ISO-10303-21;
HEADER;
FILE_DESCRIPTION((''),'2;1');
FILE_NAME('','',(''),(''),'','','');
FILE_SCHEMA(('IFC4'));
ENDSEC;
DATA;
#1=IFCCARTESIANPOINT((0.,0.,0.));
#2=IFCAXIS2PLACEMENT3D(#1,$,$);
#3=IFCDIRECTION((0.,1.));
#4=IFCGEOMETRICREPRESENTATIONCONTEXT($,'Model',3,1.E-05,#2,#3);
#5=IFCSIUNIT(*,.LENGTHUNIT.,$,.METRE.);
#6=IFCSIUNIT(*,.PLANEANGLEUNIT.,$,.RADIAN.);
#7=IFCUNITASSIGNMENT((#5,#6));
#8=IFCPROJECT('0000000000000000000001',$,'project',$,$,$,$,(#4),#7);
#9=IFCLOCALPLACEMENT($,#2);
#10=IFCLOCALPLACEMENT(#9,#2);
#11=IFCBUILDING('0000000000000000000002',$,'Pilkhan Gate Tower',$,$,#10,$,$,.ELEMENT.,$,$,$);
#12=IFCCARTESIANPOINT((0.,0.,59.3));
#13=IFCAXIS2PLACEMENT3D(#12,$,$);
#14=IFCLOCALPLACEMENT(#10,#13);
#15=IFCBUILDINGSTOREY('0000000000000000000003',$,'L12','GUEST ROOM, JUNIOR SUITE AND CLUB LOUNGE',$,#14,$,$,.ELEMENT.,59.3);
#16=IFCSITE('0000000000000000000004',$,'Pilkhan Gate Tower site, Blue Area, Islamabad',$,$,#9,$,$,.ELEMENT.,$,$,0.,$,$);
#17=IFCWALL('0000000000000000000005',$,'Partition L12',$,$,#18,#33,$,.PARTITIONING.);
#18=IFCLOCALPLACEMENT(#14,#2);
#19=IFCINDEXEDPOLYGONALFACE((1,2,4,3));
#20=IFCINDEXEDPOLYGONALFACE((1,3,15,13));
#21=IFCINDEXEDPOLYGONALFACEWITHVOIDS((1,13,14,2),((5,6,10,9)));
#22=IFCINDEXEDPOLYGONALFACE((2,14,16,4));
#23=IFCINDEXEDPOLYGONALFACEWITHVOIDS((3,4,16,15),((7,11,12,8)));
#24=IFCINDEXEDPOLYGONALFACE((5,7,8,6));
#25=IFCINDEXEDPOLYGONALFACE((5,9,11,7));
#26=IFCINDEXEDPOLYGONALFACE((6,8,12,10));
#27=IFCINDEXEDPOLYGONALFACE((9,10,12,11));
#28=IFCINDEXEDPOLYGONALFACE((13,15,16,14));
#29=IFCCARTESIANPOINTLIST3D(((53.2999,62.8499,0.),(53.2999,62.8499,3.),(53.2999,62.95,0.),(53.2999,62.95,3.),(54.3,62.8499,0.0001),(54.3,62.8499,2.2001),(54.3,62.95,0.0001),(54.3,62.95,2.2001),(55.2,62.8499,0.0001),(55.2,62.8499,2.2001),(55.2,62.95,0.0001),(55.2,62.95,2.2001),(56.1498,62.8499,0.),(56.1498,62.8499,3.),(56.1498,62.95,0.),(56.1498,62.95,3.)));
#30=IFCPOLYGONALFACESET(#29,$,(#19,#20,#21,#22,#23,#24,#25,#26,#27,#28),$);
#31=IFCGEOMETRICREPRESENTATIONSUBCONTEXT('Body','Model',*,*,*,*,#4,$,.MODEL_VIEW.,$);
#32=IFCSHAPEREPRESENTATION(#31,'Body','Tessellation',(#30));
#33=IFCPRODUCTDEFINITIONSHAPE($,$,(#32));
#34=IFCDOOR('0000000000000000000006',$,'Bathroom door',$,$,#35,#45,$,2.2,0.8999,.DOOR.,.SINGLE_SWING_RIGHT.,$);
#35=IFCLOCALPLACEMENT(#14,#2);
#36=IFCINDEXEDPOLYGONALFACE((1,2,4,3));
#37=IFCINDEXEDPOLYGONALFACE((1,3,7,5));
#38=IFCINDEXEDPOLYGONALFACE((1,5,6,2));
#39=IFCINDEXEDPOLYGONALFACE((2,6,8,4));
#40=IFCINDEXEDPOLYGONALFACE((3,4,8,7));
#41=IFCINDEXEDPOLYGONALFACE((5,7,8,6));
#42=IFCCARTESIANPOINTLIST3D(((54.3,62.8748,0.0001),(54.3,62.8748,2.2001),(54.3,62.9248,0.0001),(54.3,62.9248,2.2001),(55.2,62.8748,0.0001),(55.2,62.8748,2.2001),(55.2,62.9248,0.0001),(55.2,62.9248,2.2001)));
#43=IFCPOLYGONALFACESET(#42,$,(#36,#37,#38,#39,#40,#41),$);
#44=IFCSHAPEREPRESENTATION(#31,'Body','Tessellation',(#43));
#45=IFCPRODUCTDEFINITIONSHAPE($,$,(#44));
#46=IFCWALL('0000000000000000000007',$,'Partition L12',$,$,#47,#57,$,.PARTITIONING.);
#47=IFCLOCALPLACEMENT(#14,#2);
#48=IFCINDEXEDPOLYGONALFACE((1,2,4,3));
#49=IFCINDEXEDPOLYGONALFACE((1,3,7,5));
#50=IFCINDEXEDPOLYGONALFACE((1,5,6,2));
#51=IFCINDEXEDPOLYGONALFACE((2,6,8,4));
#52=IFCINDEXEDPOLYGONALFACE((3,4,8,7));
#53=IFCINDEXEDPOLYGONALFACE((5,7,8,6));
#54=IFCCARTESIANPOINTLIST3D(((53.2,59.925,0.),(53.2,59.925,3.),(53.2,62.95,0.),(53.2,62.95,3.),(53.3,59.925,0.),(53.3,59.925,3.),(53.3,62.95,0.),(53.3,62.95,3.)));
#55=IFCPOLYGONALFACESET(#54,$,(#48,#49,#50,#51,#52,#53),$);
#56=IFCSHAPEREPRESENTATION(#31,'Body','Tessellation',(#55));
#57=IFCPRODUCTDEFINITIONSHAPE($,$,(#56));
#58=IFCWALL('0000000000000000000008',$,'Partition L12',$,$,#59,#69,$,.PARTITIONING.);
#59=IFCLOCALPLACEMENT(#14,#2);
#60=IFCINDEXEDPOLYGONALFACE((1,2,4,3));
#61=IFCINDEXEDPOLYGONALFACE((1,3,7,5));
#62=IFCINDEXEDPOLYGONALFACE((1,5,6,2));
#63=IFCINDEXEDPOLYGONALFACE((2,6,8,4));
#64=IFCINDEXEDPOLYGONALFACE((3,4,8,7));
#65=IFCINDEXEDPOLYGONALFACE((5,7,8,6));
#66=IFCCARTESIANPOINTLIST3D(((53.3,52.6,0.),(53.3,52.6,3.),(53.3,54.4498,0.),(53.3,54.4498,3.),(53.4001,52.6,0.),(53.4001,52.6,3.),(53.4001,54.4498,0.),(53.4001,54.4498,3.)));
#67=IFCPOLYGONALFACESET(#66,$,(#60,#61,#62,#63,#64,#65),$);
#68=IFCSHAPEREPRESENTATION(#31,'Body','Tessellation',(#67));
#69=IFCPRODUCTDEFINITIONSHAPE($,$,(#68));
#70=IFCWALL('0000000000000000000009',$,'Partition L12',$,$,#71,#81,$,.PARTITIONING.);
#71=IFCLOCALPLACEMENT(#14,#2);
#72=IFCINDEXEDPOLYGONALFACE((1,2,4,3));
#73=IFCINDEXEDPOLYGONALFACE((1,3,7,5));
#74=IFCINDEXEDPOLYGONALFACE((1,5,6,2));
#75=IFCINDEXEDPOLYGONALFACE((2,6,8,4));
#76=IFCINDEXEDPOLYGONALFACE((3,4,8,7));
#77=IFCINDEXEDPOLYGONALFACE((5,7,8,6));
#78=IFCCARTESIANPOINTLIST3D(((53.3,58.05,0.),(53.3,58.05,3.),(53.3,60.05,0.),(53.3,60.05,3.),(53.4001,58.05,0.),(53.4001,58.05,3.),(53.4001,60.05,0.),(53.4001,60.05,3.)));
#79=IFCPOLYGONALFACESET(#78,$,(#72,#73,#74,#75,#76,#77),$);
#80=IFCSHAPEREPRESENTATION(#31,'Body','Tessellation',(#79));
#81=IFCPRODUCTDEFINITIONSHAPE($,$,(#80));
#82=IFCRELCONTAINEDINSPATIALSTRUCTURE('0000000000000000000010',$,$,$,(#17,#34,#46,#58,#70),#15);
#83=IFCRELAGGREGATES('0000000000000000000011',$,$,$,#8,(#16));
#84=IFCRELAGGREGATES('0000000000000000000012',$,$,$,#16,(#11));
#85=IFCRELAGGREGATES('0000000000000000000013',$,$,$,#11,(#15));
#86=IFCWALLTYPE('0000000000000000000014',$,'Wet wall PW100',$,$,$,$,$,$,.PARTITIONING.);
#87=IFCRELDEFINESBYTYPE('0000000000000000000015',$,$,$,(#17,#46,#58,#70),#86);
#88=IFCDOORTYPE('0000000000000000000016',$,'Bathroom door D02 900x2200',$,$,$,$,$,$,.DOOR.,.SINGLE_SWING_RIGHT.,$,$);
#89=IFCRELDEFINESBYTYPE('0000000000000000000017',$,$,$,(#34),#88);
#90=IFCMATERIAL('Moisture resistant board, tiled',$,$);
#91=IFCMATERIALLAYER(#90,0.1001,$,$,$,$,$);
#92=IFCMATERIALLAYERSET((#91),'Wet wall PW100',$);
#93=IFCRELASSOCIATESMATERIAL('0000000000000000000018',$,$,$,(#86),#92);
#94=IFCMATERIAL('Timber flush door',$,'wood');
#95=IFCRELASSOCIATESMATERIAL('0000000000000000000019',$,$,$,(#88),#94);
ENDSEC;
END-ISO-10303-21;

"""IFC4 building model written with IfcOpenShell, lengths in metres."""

from ifc_helpers import new_model, si_unit, direction, frame, frame_2d, origin, place, context, subcontext, project, spatial, rectangle, extrude, material, layer, layer_set, type_object, element, fill, save


model = new_model("IFC4")

# Units and contexts
model_context = context("Model", 3, precision=1e-05, world=origin(), true_north=direction((0.0, 1.0)))
body_context = subcontext(model_context, "Body", "Model", "MODEL_VIEW")
ifc_project = project(units=[si_unit("LENGTHUNIT", "METRE"), si_unit("PLANEANGLEUNIT", "RADIAN")], contexts=[model_context])

# Site, building, storey
site_placement = place(None, origin())
site = spatial("IfcSite", under=ifc_project, at=site_placement, Name="Pilkhan Gate Tower site, Blue Area, Islamabad", CompositionType="ELEMENT", RefElevation=0.0)
building_placement = place(site_placement, origin())
building = spatial("IfcBuilding", under=site, at=building_placement, Name="Pilkhan Gate Tower", CompositionType="ELEMENT")
storey_placement = place(building_placement, frame((0.0, 0.0, 59.3)))
storey = spatial("IfcBuildingStorey", under=building, at=storey_placement, Name="L12", Description="GUEST ROOM, JUNIOR SUITE AND CLUB LOUNGE", CompositionType="ELEMENT", Elevation=59.3)

# Shared definitions
ifc_material_1 = material(Name="Moisture resistant board, tiled")
ifc_layer_1 = layer(ifc_material_1, 0.1001)
ifc_layer_set_1 = layer_set([ifc_layer_1], Name="Wet wall PW100")
wall_type_1 = type_object("IfcWallType", Name="Wet wall PW100", PredefinedType="PARTITIONING", material=ifc_layer_set_1)
ifc_material_2 = material(Name="Timber flush door", Category="wood")
door_type = type_object("IfcDoorType", Name="Bathroom door D02 900x2200", OperationType="SINGLE_SWING_RIGHT", PredefinedType="DOOR", material=ifc_material_2)

# Wall, opening, door
wall_1_placement = place(storey_placement, frame((53.3, 62.8999, 0.0), z_axis=(0.0, 0.0, 1.0), x_axis=(1.0, 0.0, 0.0)))
wall_1 = element("IfcWall", 1, at=wall_1_placement, inside=storey, type_object=wall_type_1, Name="Partition L12", PredefinedType="PARTITIONING", context=body_context, shape_type="SweptSolid", body=[
    extrude(rectangle(XDim=2.8499, YDim=0.1001, at=frame_2d((1.4248, 0.0))), origin(), (0.0, 0.0, 1.0), 3.0),
])
opening_1_placement = place(wall_1_placement, frame((1.0, 0.0, 0.0)))
opening_1 = element("IfcOpeningElement", 2, at=opening_1_placement, cuts=wall_1, PredefinedType="OPENING", context=body_context, shape_type="SweptSolid", body=[
    extrude(rectangle(XDim=0.8999, YDim=2.2, at=frame_2d((0.45, 1.1001))), frame((0.0, 0.0601, 0.0), z_axis=(0.0, -1.0, 0.0), x_axis=(1.0, 0.0, 0.0)), (0.0, 0.0, 1.0), 0.1201),
])
door_1_placement = place(opening_1_placement, origin())
door_1 = element("IfcDoor", 3, at=door_1_placement, inside=storey, type_object=door_type, Name="Bathroom door", OperationType="SINGLE_SWING_RIGHT", OverallHeight=2.2, OverallWidth=0.8999, PredefinedType="DOOR", context=body_context, shape_type="SweptSolid", body=[
    extrude(rectangle(XDim=0.8999, YDim=2.2, at=frame_2d((0.45, 1.1001))), frame((0.0, 0.0249, 0.0), z_axis=(0.0, -1.0, 0.0), x_axis=(1.0, 0.0, 0.0)), (0.0, 0.0, 1.0), 0.05),
])
fill(opening_1, door_1)

# Walls
wall_2_placement = place(storey_placement, frame((53.25, 59.925, 0.0), z_axis=(0.0, 0.0, 1.0), x_axis=(0.0, 1.0, 0.0)))
element("IfcWall", 4, at=wall_2_placement, inside=storey, type_object=wall_type_1, Name="Partition L12", PredefinedType="PARTITIONING", context=body_context, shape_type="SweptSolid", body=[
    extrude(rectangle(XDim=3.0249, YDim=0.1001, at=frame_2d((1.5125, 0.0))), origin(), (0.0, 0.0, 1.0), 3.0),
])
wall_3_placement = place(storey_placement, frame((53.3501, 52.6001, 0.0), z_axis=(0.0, 0.0, 1.0), x_axis=(0.0, 1.0, 0.0)))
element("IfcWall", 5, at=wall_3_placement, inside=storey, type_object=wall_type_1, Name="Partition L12", PredefinedType="PARTITIONING", context=body_context, shape_type="SweptSolid", body=[
    extrude(rectangle(XDim=1.8499, YDim=0.1001, at=frame_2d((0.9248, 0.0))), origin(), (0.0, 0.0, 1.0), 3.0),
])
wall_4_placement = place(storey_placement, frame((53.3501, 58.05, 0.0), z_axis=(0.0, 0.0, 1.0), x_axis=(0.0, 1.0, 0.0)))
element("IfcWall", 6, at=wall_4_placement, inside=storey, type_object=wall_type_1, Name="Partition L12", PredefinedType="PARTITIONING", context=body_context, shape_type="SweptSolid", body=[
    extrude(rectangle(XDim=2.0, YDim=0.1001, at=frame_2d((1.0, 0.0))), origin(), (0.0, 0.0, 1.0), 3.0),
])

save(model, "model.ifc")
